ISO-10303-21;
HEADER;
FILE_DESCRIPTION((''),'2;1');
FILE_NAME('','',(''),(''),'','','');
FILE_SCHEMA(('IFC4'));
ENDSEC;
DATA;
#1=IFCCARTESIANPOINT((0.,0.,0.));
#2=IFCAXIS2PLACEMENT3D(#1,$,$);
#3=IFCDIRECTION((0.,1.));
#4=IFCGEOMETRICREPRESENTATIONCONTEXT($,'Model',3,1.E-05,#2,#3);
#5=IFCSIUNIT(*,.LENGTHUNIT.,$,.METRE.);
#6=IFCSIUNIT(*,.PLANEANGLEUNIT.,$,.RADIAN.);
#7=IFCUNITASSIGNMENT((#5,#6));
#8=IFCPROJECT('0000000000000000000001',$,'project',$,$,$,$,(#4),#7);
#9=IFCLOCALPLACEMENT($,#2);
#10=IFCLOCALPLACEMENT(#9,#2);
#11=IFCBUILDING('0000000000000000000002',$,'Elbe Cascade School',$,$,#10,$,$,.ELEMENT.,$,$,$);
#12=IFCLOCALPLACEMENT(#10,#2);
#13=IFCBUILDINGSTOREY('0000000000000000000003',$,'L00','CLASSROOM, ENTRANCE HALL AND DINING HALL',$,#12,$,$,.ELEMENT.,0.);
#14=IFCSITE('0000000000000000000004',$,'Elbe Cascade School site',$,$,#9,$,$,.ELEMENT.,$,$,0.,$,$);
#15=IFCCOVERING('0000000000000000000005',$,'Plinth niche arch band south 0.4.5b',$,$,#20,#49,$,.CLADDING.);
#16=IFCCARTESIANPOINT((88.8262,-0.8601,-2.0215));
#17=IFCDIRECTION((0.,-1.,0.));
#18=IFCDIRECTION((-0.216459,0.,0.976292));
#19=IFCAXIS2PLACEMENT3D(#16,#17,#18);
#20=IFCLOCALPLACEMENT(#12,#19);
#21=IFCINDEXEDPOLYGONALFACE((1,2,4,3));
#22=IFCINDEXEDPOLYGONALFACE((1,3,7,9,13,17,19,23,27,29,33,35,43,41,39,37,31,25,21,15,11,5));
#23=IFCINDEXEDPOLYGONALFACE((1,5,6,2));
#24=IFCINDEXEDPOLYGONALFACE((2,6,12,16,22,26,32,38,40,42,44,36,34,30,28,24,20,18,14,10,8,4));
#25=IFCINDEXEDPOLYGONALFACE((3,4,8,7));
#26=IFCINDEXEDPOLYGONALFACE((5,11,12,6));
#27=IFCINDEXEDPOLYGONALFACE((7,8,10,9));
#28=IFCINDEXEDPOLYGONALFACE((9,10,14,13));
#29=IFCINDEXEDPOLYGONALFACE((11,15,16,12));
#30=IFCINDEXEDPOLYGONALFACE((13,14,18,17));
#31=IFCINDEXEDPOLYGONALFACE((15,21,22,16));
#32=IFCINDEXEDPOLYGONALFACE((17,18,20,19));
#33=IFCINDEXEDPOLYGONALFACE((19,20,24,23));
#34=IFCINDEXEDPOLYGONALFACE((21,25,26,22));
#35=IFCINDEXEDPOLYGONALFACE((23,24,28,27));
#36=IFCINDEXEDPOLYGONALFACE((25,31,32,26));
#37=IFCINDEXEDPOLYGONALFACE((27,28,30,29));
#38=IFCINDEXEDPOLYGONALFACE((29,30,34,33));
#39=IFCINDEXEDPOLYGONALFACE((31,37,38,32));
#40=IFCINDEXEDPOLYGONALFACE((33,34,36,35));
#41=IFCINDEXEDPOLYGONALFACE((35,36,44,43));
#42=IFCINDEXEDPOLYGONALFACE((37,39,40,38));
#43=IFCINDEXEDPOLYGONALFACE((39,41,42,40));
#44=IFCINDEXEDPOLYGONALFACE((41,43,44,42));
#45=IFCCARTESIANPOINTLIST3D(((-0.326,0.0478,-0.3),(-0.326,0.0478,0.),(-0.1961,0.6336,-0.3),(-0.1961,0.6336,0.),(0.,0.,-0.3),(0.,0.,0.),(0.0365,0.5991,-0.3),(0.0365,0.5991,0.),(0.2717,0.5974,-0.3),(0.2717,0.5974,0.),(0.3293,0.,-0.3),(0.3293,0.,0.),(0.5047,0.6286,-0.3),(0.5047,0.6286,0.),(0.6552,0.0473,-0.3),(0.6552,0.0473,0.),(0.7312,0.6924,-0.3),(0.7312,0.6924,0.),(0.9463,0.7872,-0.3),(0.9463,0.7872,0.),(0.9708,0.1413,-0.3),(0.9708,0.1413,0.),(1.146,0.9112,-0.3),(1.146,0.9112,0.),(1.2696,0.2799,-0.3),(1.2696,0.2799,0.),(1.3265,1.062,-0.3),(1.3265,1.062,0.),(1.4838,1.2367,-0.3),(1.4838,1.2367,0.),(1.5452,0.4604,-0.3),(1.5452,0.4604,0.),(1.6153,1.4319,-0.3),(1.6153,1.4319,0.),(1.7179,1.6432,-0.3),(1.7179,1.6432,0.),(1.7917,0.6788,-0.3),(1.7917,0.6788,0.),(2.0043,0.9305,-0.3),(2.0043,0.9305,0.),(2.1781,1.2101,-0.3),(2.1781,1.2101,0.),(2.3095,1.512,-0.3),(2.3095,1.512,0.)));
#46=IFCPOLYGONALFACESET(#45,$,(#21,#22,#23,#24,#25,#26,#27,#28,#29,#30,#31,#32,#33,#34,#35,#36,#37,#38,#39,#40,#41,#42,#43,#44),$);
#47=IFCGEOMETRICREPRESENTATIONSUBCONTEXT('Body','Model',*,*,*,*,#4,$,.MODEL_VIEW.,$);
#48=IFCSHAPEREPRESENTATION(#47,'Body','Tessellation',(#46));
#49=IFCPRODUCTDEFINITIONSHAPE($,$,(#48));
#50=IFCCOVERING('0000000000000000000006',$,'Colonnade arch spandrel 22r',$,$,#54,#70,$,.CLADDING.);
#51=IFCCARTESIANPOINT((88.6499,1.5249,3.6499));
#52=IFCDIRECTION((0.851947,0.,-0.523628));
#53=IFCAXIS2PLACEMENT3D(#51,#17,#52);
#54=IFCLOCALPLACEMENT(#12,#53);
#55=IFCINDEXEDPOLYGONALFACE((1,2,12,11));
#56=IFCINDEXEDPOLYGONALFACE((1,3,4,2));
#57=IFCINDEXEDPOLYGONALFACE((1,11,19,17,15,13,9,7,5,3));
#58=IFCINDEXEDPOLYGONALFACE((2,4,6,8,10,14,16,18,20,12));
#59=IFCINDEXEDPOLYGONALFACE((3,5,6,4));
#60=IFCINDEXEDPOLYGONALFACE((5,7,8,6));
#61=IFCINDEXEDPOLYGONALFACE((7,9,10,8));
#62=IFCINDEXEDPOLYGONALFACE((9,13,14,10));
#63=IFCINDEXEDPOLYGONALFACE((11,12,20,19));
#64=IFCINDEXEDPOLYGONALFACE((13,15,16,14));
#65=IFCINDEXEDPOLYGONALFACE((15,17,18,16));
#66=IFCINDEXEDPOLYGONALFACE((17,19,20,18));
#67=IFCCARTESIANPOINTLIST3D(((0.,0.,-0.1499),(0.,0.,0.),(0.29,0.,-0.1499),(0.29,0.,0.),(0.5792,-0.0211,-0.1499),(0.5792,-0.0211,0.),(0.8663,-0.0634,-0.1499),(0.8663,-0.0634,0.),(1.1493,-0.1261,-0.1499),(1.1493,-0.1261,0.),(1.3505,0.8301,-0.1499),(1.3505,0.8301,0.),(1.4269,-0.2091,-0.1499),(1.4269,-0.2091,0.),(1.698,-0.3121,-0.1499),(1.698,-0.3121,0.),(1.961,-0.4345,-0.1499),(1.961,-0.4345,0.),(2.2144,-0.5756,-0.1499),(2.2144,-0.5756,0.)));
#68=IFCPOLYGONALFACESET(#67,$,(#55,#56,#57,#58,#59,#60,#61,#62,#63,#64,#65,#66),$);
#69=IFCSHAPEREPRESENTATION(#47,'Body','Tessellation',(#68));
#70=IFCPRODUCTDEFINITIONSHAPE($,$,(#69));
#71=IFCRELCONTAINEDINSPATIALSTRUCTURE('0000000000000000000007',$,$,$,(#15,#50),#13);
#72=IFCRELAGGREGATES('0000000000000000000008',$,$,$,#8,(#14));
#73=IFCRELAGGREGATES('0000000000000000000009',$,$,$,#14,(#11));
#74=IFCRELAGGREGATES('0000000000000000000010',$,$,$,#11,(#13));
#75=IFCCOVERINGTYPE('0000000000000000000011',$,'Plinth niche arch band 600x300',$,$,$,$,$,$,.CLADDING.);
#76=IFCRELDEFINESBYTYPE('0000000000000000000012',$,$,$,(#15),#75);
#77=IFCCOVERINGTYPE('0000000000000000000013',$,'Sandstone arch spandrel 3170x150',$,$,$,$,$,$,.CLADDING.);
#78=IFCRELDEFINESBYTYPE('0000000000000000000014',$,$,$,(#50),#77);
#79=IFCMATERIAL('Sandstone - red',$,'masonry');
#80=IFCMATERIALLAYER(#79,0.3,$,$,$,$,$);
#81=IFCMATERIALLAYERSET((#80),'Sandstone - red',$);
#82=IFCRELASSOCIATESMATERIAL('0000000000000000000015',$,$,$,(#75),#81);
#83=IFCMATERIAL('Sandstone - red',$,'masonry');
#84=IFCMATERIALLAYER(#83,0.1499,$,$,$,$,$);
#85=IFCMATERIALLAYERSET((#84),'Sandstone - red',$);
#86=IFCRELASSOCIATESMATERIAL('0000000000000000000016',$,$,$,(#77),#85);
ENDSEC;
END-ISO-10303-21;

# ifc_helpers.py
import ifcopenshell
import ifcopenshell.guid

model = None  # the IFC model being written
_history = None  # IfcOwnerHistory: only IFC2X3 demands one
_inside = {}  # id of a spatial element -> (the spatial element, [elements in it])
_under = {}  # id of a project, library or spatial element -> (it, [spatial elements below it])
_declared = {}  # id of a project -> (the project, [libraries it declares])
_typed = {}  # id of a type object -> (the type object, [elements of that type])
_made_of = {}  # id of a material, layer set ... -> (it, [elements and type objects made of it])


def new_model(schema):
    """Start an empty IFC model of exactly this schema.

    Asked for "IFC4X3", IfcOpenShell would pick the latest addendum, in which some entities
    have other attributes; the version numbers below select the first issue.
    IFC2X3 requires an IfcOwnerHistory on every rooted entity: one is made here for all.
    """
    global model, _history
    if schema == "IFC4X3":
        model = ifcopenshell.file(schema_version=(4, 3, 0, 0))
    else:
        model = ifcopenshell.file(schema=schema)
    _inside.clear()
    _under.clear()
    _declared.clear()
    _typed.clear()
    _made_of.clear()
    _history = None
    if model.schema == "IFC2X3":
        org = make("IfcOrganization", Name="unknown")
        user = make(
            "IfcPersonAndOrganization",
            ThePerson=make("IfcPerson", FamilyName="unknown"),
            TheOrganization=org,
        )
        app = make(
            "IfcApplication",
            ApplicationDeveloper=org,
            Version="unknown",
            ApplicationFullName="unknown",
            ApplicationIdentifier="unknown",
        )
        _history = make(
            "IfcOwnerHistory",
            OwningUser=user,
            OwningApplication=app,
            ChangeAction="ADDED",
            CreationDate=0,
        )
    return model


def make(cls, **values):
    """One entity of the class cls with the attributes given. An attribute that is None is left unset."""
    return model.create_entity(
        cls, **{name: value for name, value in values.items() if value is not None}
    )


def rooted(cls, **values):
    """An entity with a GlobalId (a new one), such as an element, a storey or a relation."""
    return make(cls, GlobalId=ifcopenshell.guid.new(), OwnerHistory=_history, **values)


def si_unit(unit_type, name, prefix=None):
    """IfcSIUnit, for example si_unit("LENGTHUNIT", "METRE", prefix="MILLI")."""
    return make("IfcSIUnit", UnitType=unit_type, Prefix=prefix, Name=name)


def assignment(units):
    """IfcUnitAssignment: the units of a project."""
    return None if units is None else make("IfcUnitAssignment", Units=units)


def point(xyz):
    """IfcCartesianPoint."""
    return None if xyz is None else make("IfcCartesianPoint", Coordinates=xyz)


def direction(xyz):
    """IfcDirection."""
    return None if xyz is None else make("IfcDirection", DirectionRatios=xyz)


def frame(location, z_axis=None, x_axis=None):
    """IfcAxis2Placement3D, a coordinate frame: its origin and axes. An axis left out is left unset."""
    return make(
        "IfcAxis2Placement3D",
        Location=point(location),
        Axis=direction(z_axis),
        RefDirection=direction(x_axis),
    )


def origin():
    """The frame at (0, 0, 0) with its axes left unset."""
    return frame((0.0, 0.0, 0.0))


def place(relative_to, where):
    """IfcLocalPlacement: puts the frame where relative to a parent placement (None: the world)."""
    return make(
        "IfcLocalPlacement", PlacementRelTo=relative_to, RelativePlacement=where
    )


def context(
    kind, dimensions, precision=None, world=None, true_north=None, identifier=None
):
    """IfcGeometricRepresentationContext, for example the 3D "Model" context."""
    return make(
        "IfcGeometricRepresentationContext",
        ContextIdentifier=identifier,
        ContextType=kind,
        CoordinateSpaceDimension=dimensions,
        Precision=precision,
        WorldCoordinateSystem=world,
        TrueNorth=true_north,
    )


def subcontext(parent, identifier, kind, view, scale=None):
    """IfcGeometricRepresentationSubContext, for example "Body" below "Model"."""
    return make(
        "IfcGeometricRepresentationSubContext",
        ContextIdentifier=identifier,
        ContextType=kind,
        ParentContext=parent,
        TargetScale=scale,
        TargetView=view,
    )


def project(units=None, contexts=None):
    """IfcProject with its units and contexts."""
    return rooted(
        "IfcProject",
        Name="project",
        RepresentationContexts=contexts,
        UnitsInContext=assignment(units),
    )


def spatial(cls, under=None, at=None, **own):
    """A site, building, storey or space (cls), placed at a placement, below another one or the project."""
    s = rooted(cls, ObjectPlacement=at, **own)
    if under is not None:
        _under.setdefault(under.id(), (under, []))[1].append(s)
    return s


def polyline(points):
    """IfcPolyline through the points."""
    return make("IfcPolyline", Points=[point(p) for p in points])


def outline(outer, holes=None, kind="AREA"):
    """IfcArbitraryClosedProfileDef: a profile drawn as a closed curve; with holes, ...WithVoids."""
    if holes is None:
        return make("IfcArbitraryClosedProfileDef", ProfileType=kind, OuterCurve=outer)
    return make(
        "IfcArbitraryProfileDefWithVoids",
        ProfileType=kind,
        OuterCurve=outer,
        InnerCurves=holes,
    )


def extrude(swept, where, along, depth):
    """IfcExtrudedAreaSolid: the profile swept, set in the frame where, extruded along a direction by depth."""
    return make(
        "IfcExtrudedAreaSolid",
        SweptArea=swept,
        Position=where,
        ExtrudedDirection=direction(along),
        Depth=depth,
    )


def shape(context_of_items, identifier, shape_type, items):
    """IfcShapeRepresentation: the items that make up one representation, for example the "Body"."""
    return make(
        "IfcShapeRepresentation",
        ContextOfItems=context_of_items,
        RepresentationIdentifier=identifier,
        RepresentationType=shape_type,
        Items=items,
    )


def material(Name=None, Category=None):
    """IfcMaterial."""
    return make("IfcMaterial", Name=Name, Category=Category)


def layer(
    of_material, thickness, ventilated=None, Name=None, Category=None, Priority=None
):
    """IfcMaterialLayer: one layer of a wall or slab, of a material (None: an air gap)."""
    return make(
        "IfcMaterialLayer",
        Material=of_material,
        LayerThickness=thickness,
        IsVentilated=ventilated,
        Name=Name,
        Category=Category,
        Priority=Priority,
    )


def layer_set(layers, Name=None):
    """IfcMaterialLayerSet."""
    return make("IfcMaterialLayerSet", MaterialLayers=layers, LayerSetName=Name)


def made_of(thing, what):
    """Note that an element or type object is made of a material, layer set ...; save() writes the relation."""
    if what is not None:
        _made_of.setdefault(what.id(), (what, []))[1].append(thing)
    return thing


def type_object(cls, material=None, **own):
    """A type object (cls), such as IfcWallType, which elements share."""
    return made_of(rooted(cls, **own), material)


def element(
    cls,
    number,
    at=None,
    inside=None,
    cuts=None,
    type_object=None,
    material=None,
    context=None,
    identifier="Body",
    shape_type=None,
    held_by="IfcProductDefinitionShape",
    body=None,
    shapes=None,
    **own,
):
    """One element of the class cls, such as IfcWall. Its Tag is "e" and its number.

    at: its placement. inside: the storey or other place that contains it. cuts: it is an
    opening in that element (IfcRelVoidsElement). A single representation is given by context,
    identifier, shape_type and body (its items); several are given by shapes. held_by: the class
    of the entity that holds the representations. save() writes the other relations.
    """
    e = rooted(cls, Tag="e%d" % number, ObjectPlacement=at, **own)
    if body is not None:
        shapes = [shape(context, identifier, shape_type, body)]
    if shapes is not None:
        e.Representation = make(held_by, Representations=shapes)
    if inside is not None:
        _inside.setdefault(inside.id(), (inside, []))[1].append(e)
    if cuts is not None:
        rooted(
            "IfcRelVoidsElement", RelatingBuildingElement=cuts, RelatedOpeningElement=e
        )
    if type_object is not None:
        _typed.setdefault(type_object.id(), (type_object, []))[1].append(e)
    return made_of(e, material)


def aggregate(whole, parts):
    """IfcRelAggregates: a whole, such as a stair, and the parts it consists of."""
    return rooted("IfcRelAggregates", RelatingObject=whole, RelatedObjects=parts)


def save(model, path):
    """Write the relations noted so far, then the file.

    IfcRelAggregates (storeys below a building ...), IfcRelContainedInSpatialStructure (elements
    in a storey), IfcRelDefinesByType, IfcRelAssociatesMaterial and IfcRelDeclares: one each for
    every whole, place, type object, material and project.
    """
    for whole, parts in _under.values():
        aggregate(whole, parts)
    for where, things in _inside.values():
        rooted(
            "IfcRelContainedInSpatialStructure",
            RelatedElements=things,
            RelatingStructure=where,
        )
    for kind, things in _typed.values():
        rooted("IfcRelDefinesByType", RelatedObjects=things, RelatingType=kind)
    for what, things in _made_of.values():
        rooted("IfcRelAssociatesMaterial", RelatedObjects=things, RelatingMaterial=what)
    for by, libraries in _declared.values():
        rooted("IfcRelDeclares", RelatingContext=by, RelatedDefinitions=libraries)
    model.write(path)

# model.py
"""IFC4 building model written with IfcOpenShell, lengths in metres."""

from ifc_helpers import new_model, si_unit, direction, frame, origin, place, context, subcontext, project, spatial, polyline, outline, extrude, material, layer, layer_set, type_object, element, save


model = new_model("IFC4")

# Units and contexts
model_context = context("Model", 3, precision=1e-05, world=origin(), true_north=direction((0.0, 1.0)))
body_context = subcontext(model_context, "Body", "Model", "MODEL_VIEW")
ifc_project = project(units=[si_unit("LENGTHUNIT", "METRE"), si_unit("PLANEANGLEUNIT", "RADIAN")], contexts=[model_context])

# Site, building, storey
site_placement = place(None, origin())
site = spatial("IfcSite", under=ifc_project, at=site_placement, Name="Elbe Cascade School site", CompositionType="ELEMENT", RefElevation=0.0)
building_placement = place(site_placement, origin())
building = spatial("IfcBuilding", under=site, at=building_placement, Name="Elbe Cascade School", CompositionType="ELEMENT")
storey_placement = place(building_placement, origin())
storey = spatial("IfcBuildingStorey", under=building, at=storey_placement, Name="L00", Description="CLASSROOM, ENTRANCE HALL AND DINING HALL", CompositionType="ELEMENT", Elevation=0.0)

# Coverings
ifc_material_1 = material(Name="Sandstone - red", Category="masonry")
ifc_layer_1 = layer(ifc_material_1, 0.3)
ifc_layer_set_1 = layer_set([ifc_layer_1], Name="Sandstone - red")
covering_type_1 = type_object("IfcCoveringType", Name="Plinth niche arch band 600x300", PredefinedType="CLADDING", material=ifc_layer_set_1)
covering_1_placement = place(storey_placement, frame((88.8262, -0.8601, -2.0215), z_axis=(0.0, -1.0, 0.0), x_axis=(-0.216459, 0.0, 0.976292)))
element("IfcCovering", 1, at=covering_1_placement, inside=storey, type_object=covering_type_1, Name="Plinth niche arch band south 0.4.5b", PredefinedType="CLADDING", context=body_context, shape_type="SweptSolid", body=[
    extrude(outline(polyline([(0.0, 0.0), (0.3293, 0.0), (0.6552, 0.0473), (0.9708, 0.1413), (1.2696, 0.2799), (1.5452, 0.4604), (1.7917, 0.6788), (2.0043, 0.9305), (2.1781, 1.2101), (2.3095, 1.512), (1.7179, 1.6432), (1.6153, 1.4319), (1.4838, 1.2367), (1.3265, 1.062), (1.146, 0.9112), (0.9463, 0.7872), (0.7312, 0.6924), (0.5047, 0.6286), (0.2717, 0.5974), (0.0365, 0.5991), (-0.1961, 0.6336), (-0.326, 0.0478), (0.0, 0.0)])), origin(), (0.0, 0.0, -1.0), 0.3),
])
ifc_material_2 = material(Name="Sandstone - red", Category="masonry")
ifc_layer_2 = layer(ifc_material_2, 0.1499)
ifc_layer_set_2 = layer_set([ifc_layer_2], Name="Sandstone - red")
covering_type_2 = type_object("IfcCoveringType", Name="Sandstone arch spandrel 3170x150", PredefinedType="CLADDING", material=ifc_layer_set_2)
covering_2_placement = place(storey_placement, frame((88.6499, 1.5249, 3.6499), z_axis=(0.0, -1.0, 0.0), x_axis=(0.851947, 0.0, -0.523628)))
element("IfcCovering", 2, at=covering_2_placement, inside=storey, type_object=covering_type_2, Name="Colonnade arch spandrel 22r", PredefinedType="CLADDING", context=body_context, shape_type="SweptSolid", body=[
    extrude(outline(polyline([(0.0, 0.0), (0.29, 0.0), (0.5792, -0.0211), (0.8663, -0.0634), (1.1493, -0.1261), (1.4269, -0.2091), (1.698, -0.3121), (1.961, -0.4345), (2.2144, -0.5756), (1.3505, 0.8301), (0.0, 0.0)])), origin(), (0.0, 0.0, -1.0), 0.1499),
])

save(model, "model.ifc")
